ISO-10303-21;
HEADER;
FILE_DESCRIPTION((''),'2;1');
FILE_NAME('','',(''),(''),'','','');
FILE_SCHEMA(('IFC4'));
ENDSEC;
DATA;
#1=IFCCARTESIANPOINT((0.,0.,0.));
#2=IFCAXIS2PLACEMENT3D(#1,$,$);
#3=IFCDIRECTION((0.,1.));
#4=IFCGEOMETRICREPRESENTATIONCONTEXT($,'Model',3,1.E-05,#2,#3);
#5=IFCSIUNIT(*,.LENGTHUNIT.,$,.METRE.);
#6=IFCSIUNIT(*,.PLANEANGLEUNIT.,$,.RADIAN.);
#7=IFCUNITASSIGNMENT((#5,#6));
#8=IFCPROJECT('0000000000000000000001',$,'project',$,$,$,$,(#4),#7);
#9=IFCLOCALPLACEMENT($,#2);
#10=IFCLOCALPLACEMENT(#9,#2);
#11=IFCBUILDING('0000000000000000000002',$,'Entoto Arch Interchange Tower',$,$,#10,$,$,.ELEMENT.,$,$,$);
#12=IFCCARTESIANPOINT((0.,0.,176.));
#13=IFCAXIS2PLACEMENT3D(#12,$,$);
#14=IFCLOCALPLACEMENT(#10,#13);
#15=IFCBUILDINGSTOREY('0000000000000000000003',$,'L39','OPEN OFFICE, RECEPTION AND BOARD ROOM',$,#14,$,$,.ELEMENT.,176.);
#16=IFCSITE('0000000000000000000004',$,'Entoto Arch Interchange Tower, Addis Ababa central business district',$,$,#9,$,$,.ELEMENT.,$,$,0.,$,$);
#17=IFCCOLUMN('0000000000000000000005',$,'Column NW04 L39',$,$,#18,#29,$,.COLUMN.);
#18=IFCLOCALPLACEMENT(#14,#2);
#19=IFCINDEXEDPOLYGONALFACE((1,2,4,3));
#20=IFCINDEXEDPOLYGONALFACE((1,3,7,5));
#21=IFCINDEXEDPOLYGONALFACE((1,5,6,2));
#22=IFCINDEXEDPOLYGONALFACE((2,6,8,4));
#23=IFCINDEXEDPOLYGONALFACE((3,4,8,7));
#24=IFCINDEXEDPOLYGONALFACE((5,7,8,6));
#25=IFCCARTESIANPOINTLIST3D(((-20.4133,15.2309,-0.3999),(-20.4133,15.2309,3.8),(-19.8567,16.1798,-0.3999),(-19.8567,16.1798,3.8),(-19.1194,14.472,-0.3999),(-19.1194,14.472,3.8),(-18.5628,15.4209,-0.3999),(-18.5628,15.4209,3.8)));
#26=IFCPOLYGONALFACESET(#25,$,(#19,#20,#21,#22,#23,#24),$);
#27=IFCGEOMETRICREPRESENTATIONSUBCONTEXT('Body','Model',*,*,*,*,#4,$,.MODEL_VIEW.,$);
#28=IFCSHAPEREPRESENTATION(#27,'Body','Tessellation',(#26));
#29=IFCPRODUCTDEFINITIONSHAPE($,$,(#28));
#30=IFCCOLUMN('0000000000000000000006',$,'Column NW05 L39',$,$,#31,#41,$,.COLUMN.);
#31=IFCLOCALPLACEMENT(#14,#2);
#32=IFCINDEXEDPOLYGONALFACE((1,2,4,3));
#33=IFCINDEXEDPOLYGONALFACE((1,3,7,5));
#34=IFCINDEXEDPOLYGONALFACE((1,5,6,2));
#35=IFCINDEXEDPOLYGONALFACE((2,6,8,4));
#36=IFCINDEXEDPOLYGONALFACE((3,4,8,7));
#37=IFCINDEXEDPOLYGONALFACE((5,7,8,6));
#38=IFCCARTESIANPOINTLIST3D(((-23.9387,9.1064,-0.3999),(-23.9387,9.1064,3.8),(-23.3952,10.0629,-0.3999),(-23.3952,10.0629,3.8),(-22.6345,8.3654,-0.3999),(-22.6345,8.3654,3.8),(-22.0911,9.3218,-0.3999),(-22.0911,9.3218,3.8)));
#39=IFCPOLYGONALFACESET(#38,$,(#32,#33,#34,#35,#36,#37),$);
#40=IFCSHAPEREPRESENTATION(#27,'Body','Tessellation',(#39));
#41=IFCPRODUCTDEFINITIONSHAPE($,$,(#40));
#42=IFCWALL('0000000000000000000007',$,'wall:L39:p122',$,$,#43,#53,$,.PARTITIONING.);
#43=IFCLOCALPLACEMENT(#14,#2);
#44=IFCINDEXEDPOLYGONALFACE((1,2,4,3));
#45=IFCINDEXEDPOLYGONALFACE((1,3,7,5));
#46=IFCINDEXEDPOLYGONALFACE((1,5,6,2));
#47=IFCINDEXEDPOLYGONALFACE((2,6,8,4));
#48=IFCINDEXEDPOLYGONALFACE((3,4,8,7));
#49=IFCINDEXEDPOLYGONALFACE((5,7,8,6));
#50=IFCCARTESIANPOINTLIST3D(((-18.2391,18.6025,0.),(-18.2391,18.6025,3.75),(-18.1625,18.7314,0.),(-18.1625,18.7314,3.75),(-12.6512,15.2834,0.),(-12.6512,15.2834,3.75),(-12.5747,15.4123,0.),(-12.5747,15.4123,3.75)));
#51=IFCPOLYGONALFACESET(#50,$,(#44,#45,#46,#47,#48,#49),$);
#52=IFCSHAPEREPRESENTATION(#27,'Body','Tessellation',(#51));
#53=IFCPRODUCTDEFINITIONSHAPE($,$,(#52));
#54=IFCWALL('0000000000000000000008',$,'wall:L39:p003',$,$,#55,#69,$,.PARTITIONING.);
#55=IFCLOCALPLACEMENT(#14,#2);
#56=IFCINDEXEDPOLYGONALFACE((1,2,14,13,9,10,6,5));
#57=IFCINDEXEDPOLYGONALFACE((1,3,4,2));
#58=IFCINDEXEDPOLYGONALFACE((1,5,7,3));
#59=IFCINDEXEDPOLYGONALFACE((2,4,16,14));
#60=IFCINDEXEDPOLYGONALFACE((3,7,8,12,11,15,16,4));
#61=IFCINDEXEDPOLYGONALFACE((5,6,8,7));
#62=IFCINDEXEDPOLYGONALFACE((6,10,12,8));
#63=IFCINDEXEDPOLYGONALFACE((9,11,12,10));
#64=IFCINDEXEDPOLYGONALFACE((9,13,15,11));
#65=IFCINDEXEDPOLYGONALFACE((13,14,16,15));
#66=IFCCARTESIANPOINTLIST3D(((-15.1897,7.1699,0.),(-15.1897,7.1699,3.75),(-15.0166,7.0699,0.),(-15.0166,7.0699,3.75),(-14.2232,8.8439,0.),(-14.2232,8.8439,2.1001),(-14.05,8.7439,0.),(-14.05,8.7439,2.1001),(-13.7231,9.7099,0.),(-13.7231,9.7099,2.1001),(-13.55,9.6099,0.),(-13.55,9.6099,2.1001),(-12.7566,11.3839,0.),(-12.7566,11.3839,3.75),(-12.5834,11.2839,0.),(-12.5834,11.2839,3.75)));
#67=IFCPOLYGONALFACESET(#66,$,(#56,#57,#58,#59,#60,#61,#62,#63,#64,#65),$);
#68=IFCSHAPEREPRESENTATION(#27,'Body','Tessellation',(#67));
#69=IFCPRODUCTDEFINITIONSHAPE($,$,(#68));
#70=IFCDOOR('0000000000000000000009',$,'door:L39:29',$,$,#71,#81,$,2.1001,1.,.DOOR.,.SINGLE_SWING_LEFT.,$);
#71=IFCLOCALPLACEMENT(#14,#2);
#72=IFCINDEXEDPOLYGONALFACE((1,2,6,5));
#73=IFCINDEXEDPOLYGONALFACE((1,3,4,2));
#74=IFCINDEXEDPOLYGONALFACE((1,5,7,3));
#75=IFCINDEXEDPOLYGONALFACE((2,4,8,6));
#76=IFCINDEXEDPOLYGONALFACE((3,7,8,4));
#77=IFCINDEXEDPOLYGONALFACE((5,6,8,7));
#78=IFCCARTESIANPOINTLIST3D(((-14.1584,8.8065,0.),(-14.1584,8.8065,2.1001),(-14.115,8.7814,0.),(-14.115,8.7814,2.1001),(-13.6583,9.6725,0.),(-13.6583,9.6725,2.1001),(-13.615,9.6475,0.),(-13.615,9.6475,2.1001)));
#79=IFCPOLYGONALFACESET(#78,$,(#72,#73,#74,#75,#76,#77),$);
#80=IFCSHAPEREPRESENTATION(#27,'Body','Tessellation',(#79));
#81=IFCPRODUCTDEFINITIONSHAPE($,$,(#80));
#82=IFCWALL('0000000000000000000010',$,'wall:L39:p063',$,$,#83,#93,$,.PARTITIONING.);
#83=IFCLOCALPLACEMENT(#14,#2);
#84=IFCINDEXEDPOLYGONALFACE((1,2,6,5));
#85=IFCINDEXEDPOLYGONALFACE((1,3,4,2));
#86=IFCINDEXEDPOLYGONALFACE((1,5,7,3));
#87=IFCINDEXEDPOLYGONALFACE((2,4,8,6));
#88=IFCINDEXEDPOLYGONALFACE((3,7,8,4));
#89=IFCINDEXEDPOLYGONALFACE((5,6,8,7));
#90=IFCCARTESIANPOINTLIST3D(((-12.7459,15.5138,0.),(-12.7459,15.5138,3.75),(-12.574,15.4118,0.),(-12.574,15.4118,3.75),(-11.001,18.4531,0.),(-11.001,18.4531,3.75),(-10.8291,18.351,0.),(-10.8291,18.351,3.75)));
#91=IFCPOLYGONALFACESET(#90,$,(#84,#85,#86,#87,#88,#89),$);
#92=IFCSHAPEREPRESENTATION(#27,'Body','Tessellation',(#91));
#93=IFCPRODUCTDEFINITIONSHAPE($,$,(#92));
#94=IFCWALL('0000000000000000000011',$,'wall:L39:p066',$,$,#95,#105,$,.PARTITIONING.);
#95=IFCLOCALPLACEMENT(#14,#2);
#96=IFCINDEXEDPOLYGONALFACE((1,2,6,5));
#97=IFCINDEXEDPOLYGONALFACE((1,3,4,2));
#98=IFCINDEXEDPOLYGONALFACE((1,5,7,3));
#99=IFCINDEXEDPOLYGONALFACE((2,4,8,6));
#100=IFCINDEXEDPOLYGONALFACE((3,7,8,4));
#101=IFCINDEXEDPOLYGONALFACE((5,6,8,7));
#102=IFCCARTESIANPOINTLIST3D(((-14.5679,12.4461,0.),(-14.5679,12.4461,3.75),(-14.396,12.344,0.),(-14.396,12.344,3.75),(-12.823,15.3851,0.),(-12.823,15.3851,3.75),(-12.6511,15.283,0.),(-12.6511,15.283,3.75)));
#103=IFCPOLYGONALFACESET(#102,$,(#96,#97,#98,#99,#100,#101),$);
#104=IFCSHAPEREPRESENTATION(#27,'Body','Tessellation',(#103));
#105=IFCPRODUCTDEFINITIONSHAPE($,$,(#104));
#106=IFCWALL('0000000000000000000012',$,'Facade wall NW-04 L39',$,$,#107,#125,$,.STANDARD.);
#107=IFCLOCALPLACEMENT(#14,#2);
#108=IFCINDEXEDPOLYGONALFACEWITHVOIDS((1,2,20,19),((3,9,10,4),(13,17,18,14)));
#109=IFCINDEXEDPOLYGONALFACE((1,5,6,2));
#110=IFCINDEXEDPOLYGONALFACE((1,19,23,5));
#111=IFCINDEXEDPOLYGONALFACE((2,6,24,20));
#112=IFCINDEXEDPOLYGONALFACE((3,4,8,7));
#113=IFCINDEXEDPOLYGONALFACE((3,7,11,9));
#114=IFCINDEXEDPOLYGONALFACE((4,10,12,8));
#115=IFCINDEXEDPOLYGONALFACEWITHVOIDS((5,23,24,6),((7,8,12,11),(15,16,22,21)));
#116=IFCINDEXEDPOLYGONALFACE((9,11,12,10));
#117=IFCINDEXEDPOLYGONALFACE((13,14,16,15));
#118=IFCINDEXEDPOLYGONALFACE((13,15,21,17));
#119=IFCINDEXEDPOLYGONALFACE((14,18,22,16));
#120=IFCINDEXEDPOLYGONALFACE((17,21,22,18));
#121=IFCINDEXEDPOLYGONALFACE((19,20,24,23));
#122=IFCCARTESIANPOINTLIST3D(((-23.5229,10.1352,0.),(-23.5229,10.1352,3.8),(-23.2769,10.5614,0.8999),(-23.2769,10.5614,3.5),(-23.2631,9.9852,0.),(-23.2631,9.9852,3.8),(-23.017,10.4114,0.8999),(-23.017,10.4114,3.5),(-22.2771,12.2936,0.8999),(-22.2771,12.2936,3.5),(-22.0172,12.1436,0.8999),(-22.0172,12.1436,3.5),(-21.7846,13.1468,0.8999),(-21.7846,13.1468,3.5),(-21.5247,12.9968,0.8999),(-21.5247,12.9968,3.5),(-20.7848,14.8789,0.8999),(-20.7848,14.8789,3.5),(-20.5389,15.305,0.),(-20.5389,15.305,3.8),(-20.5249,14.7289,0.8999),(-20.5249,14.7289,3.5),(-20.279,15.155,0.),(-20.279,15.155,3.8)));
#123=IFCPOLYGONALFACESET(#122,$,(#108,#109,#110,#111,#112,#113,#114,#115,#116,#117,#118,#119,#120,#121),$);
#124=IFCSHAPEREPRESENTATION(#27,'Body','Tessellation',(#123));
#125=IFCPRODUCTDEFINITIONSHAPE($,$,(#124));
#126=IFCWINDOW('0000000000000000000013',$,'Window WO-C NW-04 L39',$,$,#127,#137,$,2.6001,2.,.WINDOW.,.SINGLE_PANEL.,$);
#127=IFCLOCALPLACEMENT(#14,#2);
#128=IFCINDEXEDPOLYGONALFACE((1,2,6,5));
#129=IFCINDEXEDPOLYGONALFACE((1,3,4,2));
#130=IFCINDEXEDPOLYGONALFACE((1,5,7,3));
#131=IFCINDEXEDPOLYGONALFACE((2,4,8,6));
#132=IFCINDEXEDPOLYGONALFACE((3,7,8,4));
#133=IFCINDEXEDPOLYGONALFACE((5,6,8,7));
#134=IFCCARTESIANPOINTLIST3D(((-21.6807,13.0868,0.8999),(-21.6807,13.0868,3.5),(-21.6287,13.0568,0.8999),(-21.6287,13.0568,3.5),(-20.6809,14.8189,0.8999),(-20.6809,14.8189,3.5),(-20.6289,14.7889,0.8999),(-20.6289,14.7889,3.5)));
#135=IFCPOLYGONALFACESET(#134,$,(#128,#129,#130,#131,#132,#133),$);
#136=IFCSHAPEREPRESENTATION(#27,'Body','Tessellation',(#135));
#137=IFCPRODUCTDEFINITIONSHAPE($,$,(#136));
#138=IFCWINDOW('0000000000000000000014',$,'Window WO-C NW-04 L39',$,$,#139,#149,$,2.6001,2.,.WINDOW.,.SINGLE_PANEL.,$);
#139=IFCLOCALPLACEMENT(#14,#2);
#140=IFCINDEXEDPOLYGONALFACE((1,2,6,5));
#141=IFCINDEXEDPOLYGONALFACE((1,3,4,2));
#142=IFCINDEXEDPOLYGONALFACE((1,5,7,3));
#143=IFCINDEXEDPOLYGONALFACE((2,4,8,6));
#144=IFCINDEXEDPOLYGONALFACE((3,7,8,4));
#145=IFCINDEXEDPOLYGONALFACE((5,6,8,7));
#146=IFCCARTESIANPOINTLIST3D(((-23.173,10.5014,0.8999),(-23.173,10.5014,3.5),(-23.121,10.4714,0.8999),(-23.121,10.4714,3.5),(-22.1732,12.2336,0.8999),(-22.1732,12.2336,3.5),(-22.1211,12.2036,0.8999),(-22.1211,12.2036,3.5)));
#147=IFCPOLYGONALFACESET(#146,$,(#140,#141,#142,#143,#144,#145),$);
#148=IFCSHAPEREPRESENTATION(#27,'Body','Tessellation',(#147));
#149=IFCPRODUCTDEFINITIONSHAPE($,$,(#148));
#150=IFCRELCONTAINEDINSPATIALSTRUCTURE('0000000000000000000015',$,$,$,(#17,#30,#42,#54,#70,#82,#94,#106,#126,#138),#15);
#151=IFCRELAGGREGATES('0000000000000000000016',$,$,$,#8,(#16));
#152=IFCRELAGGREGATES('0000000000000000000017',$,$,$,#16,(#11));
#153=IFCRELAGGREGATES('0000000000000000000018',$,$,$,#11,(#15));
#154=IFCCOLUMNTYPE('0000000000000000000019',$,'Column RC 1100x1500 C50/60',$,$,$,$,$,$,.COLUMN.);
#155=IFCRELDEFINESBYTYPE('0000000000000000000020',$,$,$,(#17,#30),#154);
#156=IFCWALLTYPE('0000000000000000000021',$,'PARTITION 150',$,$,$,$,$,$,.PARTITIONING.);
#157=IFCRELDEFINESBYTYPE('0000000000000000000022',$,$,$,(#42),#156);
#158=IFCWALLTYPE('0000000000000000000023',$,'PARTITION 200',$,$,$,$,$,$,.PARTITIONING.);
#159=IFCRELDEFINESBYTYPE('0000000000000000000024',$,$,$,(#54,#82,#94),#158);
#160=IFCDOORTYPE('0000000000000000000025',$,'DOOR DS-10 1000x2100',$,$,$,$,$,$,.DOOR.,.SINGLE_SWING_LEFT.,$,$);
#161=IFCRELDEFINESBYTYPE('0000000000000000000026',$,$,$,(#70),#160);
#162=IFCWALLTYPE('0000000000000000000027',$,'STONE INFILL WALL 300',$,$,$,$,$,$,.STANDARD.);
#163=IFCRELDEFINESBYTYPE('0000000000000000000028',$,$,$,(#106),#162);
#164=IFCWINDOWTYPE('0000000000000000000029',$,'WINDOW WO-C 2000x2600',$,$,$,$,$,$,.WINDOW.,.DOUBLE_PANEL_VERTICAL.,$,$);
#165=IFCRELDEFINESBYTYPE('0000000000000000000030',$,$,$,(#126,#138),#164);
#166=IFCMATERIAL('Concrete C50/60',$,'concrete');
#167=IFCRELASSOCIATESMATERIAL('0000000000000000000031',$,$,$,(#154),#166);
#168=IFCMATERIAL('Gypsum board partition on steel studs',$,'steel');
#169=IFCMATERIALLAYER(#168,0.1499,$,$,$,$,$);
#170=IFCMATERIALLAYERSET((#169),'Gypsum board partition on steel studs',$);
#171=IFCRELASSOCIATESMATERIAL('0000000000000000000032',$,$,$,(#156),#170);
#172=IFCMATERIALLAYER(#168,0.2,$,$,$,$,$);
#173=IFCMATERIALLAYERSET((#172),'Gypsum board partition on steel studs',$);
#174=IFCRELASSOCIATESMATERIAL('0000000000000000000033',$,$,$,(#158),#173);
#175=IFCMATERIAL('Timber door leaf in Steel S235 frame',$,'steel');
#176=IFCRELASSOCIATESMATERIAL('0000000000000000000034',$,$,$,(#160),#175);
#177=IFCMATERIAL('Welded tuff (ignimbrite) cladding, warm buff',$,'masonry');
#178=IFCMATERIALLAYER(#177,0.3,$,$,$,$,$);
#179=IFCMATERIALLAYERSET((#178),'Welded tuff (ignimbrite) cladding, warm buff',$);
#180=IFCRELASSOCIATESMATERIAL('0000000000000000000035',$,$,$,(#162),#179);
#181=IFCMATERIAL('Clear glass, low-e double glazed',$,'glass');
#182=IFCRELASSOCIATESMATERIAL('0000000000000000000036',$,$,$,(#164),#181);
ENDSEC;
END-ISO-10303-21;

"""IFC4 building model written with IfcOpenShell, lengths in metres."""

from ifc_helpers import new_model, si_unit, direction, frame, frame_2d, origin, origin_2d, place, context, subcontext, project, spatial, rectangle, extrude, material, layer, layer_set, material_profile, profile_set, type_object, element, fill, save


model = new_model("IFC4")

# Units and contexts
model_context = context("Model", 3, precision=1e-05, world=origin(), true_north=direction((0.0, 1.0)))
body_context = subcontext(model_context, "Body", "Model", "MODEL_VIEW")
ifc_project = project(units=[si_unit("LENGTHUNIT", "METRE"), si_unit("PLANEANGLEUNIT", "RADIAN")], contexts=[model_context])

# Site, building, storey
site_placement = place(None, origin())
site = spatial("IfcSite", under=ifc_project, at=site_placement, Name="Entoto Arch Interchange Tower, Addis Ababa central business district", CompositionType="ELEMENT", RefElevation=0.0)
building_placement = place(site_placement, origin())
building = spatial("IfcBuilding", under=site, at=building_placement, Name="Entoto Arch Interchange Tower", CompositionType="ELEMENT")
storey_placement = place(building_placement, frame((0.0, 0.0, 176.0)))
storey = spatial("IfcBuildingStorey", under=building, at=storey_placement, Name="L39", Description="OPEN OFFICE, RECEPTION AND BOARD ROOM", CompositionType="ELEMENT", Elevation=176.0)

# Columns
ifc_material_1 = material(Name="Concrete C50/60", Category="concrete")
ifc_material_profile = material_profile(ifc_material_1, rectangle(XDim=1.1001, YDim=1.5, at=origin_2d()))
ifc_profile_set = profile_set([ifc_material_profile], Name="Concrete C50/60")
column_type = type_object("IfcColumnType", Name="Column RC 1100x1500 C50/60", PredefinedType="COLUMN", material=ifc_profile_set)
for number, where, z_axis, x_axis, name in (
    (1, (-19.488, 15.3259, -0.3999), (0.0, 0.0, 1.0), (0.505958, 0.862558, 0.0), "Column NW04 L39"),
    (2, (-23.0149, 9.2141, -0.3999), (0.0, 0.0, 1.0), (0.494018, 0.869452, 0.0), "Column NW05 L39"),
):
    element("IfcColumn", number, at=place(storey_placement, frame(where, z_axis=z_axis, x_axis=x_axis)), inside=storey, type_object=column_type, Name=name, PredefinedType="COLUMN", context=body_context, shape_type="SweptSolid", body=[
        extrude(rectangle(XDim=1.1001, YDim=1.5, at=origin_2d()), origin(), (0.0, 0.0, 1.0), 4.2),
    ])

# Wall
ifc_material_2 = material(Name="Gypsum board partition on steel studs", Category="steel")
ifc_layer_1 = layer(ifc_material_2, 0.1499)
ifc_layer_set_1 = layer_set([ifc_layer_1], Name="Gypsum board partition on steel studs")
wall_type_1 = type_object("IfcWallType", Name="PARTITION 150", PredefinedType="PARTITIONING", material=ifc_layer_set_1)
wall_1_placement = place(storey_placement, frame((-12.613, 15.3479, 0.0), z_axis=(0.0, 0.0, 1.0), x_axis=(-0.859768, 0.510685, 0.0)))
element("IfcWall", 3, at=wall_1_placement, inside=storey, type_object=wall_type_1, Name="wall:L39:p122", PredefinedType="PARTITIONING", context=body_context, shape_type="SweptSolid", body=[
    extrude(rectangle(XDim=6.4993, YDim=0.1499, at=frame_2d((3.2495, 0.0))), origin(), (0.0, 0.0, 1.0), 3.75),
])

# Wall, opening, door
ifc_layer_2 = layer(ifc_material_2, 0.2)
ifc_layer_set_2 = layer_set([ifc_layer_2], Name="Gypsum board partition on steel studs")
wall_type_2 = type_object("IfcWallType", Name="PARTITION 200", PredefinedType="PARTITIONING", material=ifc_layer_set_2)
wall_2_placement = place(storey_placement, frame((-12.6699, 11.334, 0.0), z_axis=(0.0, 0.0, 1.0), x_axis=(-0.500035, -0.866005, 0.0)))
wall_2 = element("IfcWall", 4, at=wall_2_placement, inside=storey, type_object=wall_type_2, Name="wall:L39:p003", PredefinedType="PARTITIONING", context=body_context, shape_type="SweptSolid", body=[
    extrude(rectangle(XDim=4.866, YDim=0.2, at=frame_2d((2.4331, 0.0))), origin(), (0.0, 0.0, 1.0), 3.75),
])
opening_1_placement = place(wall_2_placement, frame((1.9331, 0.0, 0.0)))
opening_1 = element("IfcOpeningElement", 5, at=opening_1_placement, cuts=wall_2, PredefinedType="OPENING", context=body_context, shape_type="SweptSolid", body=[
    extrude(rectangle(XDim=1.0, YDim=2.1001, at=frame_2d((0.5, 1.05))), frame((0.0, 0.1099, 0.0), z_axis=(0.0, -1.0, 0.0), x_axis=(1.0, 0.0, 0.0)), (0.0, 0.0, 1.0), 0.22),
])
ifc_material_3 = material(Name="Timber door leaf in Steel S235 frame", Category="steel")
door_type = type_object("IfcDoorType", Name="DOOR DS-10 1000x2100", OperationType="SINGLE_SWING_LEFT", PredefinedType="DOOR", material=ifc_material_3)
door_placement = place(opening_1_placement, origin())
door = element("IfcDoor", 6, at=door_placement, inside=storey, type_object=door_type, Name="door:L39:29", OperationType="SINGLE_SWING_LEFT", OverallHeight=2.1001, OverallWidth=1.0, PredefinedType="DOOR", context=body_context, shape_type="SweptSolid", body=[
    extrude(rectangle(XDim=1.0, YDim=2.1001, at=frame_2d((0.5, 1.05))), frame((0.0, 0.0249, 0.0), z_axis=(0.0, -1.0, 0.0), x_axis=(1.0, 0.0, 0.0)), (0.0, 0.0, 1.0), 0.05),
])
fill(opening_1, door)

# Walls
wall_3_placement = place(storey_placement, frame((-12.6599, 15.4629, 0.0), z_axis=(0.0, 0.0, 1.0), x_axis=(0.510478, 0.859891, 0.0)))
element("IfcWall", 7, at=wall_3_placement, inside=storey, type_object=wall_type_2, Name="wall:L39:p063", PredefinedType="PARTITIONING", context=body_context, shape_type="SweptSolid", body=[
    extrude(rectangle(XDim=3.4182, YDim=0.2, at=frame_2d((1.709, 0.0))), origin(), (0.0, 0.0, 1.0), 3.75),
])
wall_4_placement = place(storey_placement, frame((-14.4819, 12.395, 0.0), z_axis=(0.0, 0.0, 1.0), x_axis=(0.510509, 0.859872, 0.0)))
element("IfcWall", 8, at=wall_4_placement, inside=storey, type_object=wall_type_2, Name="wall:L39:p066", PredefinedType="PARTITIONING", context=body_context, shape_type="SweptSolid", body=[
    extrude(rectangle(XDim=3.418, YDim=0.2, at=frame_2d((1.709, 0.0))), origin(), (0.0, 0.0, 1.0), 3.75),
])

# Wall, openings, windows
ifc_material_4 = material(Name="Welded tuff (ignimbrite) cladding, warm buff", Category="masonry")
ifc_layer_3 = layer(ifc_material_4, 0.3)
ifc_layer_set_3 = layer_set([ifc_layer_3], Name="Welded tuff (ignimbrite) cladding, warm buff")
wall_type_3 = type_object("IfcWallType", Name="STONE INFILL WALL 300", PredefinedType="STANDARD", material=ifc_layer_set_3)
wall_5_placement = place(storey_placement, frame((-20.4089, 15.23, 0.0), z_axis=(0.0, 0.0, 1.0), x_axis=(-0.499909, -0.866078, 0.0)))
wall_5 = element("IfcWall", 9, at=wall_5_placement, inside=storey, type_object=wall_type_3, Name="Facade wall NW-04 L39", PredefinedType="STANDARD", context=body_context, shape_type="SweptSolid", body=[
    extrude(rectangle(XDim=5.9692, YDim=0.3, at=frame_2d((2.9846, 0.0))), origin(), (0.0, 0.0, 1.0), 3.8),
])
opening_2_placement = place(wall_5_placement, frame((0.4919, 0.0, 0.8999)))
opening_2 = element("IfcOpeningElement", 10, at=opening_2_placement, cuts=wall_5, PredefinedType="OPENING", context=body_context, shape_type="SweptSolid", body=[
    extrude(rectangle(XDim=2.0, YDim=2.6001, at=frame_2d((1.0, 1.3))), frame((0.0, 0.1602, 0.0), z_axis=(0.0, -1.0, 0.0), x_axis=(1.0, 0.0, 0.0)), (0.0, 0.0, 1.0), 0.3201),
])
opening_3_placement = place(wall_5_placement, frame((3.4771, 0.0, 0.8999)))
opening_3 = element("IfcOpeningElement", 11, at=opening_3_placement, cuts=wall_5, PredefinedType="OPENING", context=body_context, shape_type="SweptSolid", body=[
    extrude(rectangle(XDim=2.0, YDim=2.6001, at=frame_2d((1.0, 1.3))), frame((0.0, 0.1602, 0.0), z_axis=(0.0, -1.0, 0.0), x_axis=(1.0, 0.0, 0.0)), (0.0, 0.0, 1.0), 0.3201),
])
ifc_material_5 = material(Name="Clear glass, low-e double glazed", Category="glass")
window_type = type_object("IfcWindowType", Name="WINDOW WO-C 2000x2600", PartitioningType="DOUBLE_PANEL_VERTICAL", PredefinedType="WINDOW", material=ifc_material_5)
window_1_placement = place(opening_2_placement, origin())
window_1 = element("IfcWindow", 12, at=window_1_placement, inside=storey, type_object=window_type, Name="Window WO-C NW-04 L39", OverallHeight=2.6001, OverallWidth=2.0, PartitioningType="SINGLE_PANEL", PredefinedType="WINDOW", context=body_context, shape_type="SweptSolid", body=[
    extrude(rectangle(XDim=2.0, YDim=2.6001, at=frame_2d((1.0, 1.3))), frame((0.0, 0.03, 0.0), z_axis=(0.0, -1.0, 0.0), x_axis=(1.0, 0.0, 0.0)), (0.0, 0.0, 1.0), 0.0601),
])
fill(opening_2, window_1)
window_2_placement = place(opening_3_placement, origin())
window_2 = element("IfcWindow", 13, at=window_2_placement, inside=storey, type_object=window_type, Name="Window WO-C NW-04 L39", OverallHeight=2.6001, OverallWidth=2.0, PartitioningType="SINGLE_PANEL", PredefinedType="WINDOW", context=body_context, shape_type="SweptSolid", body=[
    extrude(rectangle(XDim=2.0, YDim=2.6001, at=frame_2d((1.0, 1.3))), frame((0.0, 0.03, 0.0), z_axis=(0.0, -1.0, 0.0), x_axis=(1.0, 0.0, 0.0)), (0.0, 0.0, 1.0), 0.0601),
])
fill(opening_3, window_2)

save(model, "model.ifc")
